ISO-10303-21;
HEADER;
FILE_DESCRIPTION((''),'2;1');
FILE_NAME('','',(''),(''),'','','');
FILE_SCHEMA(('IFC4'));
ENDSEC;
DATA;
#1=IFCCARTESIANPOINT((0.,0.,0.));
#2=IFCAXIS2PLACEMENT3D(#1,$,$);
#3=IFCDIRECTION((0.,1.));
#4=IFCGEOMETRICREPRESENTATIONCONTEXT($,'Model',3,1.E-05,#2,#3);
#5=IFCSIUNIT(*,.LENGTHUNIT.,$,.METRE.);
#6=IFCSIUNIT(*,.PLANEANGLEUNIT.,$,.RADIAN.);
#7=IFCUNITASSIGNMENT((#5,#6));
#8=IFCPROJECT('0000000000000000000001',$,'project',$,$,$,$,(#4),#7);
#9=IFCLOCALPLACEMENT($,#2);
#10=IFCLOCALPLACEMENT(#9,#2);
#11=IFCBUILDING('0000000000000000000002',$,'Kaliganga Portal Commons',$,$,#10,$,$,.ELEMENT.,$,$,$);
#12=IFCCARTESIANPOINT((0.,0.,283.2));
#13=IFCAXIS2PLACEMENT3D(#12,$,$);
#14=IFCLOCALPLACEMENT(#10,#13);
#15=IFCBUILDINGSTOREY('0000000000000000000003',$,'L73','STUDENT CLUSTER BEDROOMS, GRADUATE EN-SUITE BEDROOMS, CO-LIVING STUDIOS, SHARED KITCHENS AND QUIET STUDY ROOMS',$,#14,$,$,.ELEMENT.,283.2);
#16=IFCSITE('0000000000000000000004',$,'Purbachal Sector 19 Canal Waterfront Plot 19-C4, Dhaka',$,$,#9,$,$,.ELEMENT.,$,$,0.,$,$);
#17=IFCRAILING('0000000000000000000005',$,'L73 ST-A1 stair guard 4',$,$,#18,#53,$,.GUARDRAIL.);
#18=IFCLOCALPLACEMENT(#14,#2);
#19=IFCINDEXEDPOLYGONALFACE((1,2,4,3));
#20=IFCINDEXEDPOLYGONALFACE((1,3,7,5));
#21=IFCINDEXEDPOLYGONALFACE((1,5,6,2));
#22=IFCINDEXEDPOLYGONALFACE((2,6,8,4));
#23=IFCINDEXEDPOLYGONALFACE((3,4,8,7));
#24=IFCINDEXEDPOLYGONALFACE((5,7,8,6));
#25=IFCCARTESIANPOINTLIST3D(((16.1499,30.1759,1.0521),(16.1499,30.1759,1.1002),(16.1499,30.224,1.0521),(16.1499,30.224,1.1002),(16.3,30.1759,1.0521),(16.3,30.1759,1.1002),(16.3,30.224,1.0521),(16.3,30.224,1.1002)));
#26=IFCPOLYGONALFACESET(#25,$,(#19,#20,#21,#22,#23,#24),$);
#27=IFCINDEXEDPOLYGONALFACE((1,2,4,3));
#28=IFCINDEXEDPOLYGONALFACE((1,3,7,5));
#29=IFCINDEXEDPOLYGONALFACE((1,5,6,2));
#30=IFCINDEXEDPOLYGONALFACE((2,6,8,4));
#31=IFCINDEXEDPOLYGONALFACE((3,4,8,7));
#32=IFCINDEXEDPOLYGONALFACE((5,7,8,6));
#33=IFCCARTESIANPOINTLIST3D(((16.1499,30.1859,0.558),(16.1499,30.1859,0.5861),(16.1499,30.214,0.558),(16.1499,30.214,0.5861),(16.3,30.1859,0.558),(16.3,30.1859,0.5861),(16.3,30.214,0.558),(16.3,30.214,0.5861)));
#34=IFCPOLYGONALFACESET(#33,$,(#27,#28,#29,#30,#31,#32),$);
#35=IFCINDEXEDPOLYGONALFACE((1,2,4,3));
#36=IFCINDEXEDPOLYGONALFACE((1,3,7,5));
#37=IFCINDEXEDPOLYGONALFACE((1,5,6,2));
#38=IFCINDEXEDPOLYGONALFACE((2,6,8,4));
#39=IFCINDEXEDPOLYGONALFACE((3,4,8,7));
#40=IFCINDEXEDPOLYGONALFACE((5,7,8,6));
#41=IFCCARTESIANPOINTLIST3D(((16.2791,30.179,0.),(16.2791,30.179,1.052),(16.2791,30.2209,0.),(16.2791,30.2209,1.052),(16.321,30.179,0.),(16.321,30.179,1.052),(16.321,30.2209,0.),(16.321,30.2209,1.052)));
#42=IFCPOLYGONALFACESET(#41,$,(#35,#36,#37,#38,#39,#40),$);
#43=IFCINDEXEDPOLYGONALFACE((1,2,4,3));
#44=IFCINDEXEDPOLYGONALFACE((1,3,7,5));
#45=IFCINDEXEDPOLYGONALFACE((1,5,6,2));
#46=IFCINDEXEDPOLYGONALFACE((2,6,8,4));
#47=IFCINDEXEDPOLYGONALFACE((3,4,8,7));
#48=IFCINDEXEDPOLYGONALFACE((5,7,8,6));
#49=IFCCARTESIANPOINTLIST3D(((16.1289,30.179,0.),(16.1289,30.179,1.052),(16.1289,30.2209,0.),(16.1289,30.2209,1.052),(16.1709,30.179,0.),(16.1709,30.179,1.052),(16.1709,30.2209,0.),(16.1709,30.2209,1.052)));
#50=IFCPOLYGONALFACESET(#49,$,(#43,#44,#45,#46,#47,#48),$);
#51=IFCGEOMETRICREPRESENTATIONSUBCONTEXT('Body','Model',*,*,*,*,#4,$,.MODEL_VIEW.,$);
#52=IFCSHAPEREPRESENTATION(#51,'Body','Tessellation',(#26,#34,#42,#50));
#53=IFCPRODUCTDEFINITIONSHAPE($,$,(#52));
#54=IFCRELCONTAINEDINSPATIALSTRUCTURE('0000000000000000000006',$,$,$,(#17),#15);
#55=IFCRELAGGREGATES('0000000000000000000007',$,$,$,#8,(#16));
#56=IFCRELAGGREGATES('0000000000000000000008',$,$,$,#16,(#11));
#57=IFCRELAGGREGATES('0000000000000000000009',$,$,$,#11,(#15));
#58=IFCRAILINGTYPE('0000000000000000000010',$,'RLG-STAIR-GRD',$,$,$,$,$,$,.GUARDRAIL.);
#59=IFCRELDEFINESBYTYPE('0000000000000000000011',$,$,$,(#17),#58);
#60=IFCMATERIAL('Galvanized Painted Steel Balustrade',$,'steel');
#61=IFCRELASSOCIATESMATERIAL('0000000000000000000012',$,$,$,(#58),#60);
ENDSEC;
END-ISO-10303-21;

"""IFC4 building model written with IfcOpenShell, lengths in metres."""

from ifc_helpers import new_model, si_unit, direction, frame, origin, origin_2d, place, context, subcontext, project, spatial, rectangle, extrude, material, type_object, element, save


model = new_model("IFC4")

# Units and contexts
model_context = context("Model", 3, precision=1e-05, world=origin(), true_north=direction((0.0, 1.0)))
body_context = subcontext(model_context, "Body", "Model", "MODEL_VIEW")
ifc_project = project(units=[si_unit("LENGTHUNIT", "METRE"), si_unit("PLANEANGLEUNIT", "RADIAN")], contexts=[model_context])

# Site, building, storey
site_placement = place(None, origin())
site = spatial("IfcSite", under=ifc_project, at=site_placement, Name="Purbachal Sector 19 Canal Waterfront Plot 19-C4, Dhaka", CompositionType="ELEMENT", RefElevation=0.0)
building_placement = place(site_placement, origin())
building = spatial("IfcBuilding", under=site, at=building_placement, Name="Kaliganga Portal Commons", CompositionType="ELEMENT")
storey_placement = place(building_placement, frame((0.0, 0.0, 283.2)))
storey = spatial("IfcBuildingStorey", under=building, at=storey_placement, Name="L73", Description="STUDENT CLUSTER BEDROOMS, GRADUATE EN-SUITE BEDROOMS, CO-LIVING STUDIOS, SHARED KITCHENS AND QUIET STUDY ROOMS", CompositionType="ELEMENT", Elevation=283.2)

# Railing
ifc_material_1 = material(Name="Galvanized Painted Steel Balustrade", Category="steel")
railing_type = type_object("IfcRailingType", Name="RLG-STAIR-GRD", PredefinedType="GUARDRAIL", material=ifc_material_1)
railing_1_placement = place(storey_placement, frame((16.3, 30.2, 0.0)))
element("IfcRailing", 1, at=railing_1_placement, inside=storey, type_object=railing_type, Name="L73 ST-A1 stair guard 4", PredefinedType="GUARDRAIL", context=body_context, shape_type="SweptSolid", body=[
    extrude(rectangle(XDim=0.0481, YDim=0.0481, at=origin_2d()), frame((0.0, 0.0, 1.0762), z_axis=(-1.0, 0.0, 0.0), x_axis=(0.0, -1.0, 0.0)), (0.0, 0.0, 1.0), 0.1501),
    extrude(rectangle(XDim=0.0281, YDim=0.0281, at=origin_2d()), frame((0.0, 0.0, 0.572), z_axis=(-1.0, 0.0, 0.0), x_axis=(0.0, -1.0, 0.0)), (0.0, 0.0, 1.0), 0.1501),
    extrude(rectangle(XDim=0.042, YDim=0.042, at=origin_2d()), origin(), (0.0, 0.0, 1.0), 1.052),
    extrude(rectangle(XDim=0.042, YDim=0.042, at=origin_2d()), frame((-0.1501, 0.0, 0.0)), (0.0, 0.0, 1.0), 1.052),
])

save(model, "model.ifc")
